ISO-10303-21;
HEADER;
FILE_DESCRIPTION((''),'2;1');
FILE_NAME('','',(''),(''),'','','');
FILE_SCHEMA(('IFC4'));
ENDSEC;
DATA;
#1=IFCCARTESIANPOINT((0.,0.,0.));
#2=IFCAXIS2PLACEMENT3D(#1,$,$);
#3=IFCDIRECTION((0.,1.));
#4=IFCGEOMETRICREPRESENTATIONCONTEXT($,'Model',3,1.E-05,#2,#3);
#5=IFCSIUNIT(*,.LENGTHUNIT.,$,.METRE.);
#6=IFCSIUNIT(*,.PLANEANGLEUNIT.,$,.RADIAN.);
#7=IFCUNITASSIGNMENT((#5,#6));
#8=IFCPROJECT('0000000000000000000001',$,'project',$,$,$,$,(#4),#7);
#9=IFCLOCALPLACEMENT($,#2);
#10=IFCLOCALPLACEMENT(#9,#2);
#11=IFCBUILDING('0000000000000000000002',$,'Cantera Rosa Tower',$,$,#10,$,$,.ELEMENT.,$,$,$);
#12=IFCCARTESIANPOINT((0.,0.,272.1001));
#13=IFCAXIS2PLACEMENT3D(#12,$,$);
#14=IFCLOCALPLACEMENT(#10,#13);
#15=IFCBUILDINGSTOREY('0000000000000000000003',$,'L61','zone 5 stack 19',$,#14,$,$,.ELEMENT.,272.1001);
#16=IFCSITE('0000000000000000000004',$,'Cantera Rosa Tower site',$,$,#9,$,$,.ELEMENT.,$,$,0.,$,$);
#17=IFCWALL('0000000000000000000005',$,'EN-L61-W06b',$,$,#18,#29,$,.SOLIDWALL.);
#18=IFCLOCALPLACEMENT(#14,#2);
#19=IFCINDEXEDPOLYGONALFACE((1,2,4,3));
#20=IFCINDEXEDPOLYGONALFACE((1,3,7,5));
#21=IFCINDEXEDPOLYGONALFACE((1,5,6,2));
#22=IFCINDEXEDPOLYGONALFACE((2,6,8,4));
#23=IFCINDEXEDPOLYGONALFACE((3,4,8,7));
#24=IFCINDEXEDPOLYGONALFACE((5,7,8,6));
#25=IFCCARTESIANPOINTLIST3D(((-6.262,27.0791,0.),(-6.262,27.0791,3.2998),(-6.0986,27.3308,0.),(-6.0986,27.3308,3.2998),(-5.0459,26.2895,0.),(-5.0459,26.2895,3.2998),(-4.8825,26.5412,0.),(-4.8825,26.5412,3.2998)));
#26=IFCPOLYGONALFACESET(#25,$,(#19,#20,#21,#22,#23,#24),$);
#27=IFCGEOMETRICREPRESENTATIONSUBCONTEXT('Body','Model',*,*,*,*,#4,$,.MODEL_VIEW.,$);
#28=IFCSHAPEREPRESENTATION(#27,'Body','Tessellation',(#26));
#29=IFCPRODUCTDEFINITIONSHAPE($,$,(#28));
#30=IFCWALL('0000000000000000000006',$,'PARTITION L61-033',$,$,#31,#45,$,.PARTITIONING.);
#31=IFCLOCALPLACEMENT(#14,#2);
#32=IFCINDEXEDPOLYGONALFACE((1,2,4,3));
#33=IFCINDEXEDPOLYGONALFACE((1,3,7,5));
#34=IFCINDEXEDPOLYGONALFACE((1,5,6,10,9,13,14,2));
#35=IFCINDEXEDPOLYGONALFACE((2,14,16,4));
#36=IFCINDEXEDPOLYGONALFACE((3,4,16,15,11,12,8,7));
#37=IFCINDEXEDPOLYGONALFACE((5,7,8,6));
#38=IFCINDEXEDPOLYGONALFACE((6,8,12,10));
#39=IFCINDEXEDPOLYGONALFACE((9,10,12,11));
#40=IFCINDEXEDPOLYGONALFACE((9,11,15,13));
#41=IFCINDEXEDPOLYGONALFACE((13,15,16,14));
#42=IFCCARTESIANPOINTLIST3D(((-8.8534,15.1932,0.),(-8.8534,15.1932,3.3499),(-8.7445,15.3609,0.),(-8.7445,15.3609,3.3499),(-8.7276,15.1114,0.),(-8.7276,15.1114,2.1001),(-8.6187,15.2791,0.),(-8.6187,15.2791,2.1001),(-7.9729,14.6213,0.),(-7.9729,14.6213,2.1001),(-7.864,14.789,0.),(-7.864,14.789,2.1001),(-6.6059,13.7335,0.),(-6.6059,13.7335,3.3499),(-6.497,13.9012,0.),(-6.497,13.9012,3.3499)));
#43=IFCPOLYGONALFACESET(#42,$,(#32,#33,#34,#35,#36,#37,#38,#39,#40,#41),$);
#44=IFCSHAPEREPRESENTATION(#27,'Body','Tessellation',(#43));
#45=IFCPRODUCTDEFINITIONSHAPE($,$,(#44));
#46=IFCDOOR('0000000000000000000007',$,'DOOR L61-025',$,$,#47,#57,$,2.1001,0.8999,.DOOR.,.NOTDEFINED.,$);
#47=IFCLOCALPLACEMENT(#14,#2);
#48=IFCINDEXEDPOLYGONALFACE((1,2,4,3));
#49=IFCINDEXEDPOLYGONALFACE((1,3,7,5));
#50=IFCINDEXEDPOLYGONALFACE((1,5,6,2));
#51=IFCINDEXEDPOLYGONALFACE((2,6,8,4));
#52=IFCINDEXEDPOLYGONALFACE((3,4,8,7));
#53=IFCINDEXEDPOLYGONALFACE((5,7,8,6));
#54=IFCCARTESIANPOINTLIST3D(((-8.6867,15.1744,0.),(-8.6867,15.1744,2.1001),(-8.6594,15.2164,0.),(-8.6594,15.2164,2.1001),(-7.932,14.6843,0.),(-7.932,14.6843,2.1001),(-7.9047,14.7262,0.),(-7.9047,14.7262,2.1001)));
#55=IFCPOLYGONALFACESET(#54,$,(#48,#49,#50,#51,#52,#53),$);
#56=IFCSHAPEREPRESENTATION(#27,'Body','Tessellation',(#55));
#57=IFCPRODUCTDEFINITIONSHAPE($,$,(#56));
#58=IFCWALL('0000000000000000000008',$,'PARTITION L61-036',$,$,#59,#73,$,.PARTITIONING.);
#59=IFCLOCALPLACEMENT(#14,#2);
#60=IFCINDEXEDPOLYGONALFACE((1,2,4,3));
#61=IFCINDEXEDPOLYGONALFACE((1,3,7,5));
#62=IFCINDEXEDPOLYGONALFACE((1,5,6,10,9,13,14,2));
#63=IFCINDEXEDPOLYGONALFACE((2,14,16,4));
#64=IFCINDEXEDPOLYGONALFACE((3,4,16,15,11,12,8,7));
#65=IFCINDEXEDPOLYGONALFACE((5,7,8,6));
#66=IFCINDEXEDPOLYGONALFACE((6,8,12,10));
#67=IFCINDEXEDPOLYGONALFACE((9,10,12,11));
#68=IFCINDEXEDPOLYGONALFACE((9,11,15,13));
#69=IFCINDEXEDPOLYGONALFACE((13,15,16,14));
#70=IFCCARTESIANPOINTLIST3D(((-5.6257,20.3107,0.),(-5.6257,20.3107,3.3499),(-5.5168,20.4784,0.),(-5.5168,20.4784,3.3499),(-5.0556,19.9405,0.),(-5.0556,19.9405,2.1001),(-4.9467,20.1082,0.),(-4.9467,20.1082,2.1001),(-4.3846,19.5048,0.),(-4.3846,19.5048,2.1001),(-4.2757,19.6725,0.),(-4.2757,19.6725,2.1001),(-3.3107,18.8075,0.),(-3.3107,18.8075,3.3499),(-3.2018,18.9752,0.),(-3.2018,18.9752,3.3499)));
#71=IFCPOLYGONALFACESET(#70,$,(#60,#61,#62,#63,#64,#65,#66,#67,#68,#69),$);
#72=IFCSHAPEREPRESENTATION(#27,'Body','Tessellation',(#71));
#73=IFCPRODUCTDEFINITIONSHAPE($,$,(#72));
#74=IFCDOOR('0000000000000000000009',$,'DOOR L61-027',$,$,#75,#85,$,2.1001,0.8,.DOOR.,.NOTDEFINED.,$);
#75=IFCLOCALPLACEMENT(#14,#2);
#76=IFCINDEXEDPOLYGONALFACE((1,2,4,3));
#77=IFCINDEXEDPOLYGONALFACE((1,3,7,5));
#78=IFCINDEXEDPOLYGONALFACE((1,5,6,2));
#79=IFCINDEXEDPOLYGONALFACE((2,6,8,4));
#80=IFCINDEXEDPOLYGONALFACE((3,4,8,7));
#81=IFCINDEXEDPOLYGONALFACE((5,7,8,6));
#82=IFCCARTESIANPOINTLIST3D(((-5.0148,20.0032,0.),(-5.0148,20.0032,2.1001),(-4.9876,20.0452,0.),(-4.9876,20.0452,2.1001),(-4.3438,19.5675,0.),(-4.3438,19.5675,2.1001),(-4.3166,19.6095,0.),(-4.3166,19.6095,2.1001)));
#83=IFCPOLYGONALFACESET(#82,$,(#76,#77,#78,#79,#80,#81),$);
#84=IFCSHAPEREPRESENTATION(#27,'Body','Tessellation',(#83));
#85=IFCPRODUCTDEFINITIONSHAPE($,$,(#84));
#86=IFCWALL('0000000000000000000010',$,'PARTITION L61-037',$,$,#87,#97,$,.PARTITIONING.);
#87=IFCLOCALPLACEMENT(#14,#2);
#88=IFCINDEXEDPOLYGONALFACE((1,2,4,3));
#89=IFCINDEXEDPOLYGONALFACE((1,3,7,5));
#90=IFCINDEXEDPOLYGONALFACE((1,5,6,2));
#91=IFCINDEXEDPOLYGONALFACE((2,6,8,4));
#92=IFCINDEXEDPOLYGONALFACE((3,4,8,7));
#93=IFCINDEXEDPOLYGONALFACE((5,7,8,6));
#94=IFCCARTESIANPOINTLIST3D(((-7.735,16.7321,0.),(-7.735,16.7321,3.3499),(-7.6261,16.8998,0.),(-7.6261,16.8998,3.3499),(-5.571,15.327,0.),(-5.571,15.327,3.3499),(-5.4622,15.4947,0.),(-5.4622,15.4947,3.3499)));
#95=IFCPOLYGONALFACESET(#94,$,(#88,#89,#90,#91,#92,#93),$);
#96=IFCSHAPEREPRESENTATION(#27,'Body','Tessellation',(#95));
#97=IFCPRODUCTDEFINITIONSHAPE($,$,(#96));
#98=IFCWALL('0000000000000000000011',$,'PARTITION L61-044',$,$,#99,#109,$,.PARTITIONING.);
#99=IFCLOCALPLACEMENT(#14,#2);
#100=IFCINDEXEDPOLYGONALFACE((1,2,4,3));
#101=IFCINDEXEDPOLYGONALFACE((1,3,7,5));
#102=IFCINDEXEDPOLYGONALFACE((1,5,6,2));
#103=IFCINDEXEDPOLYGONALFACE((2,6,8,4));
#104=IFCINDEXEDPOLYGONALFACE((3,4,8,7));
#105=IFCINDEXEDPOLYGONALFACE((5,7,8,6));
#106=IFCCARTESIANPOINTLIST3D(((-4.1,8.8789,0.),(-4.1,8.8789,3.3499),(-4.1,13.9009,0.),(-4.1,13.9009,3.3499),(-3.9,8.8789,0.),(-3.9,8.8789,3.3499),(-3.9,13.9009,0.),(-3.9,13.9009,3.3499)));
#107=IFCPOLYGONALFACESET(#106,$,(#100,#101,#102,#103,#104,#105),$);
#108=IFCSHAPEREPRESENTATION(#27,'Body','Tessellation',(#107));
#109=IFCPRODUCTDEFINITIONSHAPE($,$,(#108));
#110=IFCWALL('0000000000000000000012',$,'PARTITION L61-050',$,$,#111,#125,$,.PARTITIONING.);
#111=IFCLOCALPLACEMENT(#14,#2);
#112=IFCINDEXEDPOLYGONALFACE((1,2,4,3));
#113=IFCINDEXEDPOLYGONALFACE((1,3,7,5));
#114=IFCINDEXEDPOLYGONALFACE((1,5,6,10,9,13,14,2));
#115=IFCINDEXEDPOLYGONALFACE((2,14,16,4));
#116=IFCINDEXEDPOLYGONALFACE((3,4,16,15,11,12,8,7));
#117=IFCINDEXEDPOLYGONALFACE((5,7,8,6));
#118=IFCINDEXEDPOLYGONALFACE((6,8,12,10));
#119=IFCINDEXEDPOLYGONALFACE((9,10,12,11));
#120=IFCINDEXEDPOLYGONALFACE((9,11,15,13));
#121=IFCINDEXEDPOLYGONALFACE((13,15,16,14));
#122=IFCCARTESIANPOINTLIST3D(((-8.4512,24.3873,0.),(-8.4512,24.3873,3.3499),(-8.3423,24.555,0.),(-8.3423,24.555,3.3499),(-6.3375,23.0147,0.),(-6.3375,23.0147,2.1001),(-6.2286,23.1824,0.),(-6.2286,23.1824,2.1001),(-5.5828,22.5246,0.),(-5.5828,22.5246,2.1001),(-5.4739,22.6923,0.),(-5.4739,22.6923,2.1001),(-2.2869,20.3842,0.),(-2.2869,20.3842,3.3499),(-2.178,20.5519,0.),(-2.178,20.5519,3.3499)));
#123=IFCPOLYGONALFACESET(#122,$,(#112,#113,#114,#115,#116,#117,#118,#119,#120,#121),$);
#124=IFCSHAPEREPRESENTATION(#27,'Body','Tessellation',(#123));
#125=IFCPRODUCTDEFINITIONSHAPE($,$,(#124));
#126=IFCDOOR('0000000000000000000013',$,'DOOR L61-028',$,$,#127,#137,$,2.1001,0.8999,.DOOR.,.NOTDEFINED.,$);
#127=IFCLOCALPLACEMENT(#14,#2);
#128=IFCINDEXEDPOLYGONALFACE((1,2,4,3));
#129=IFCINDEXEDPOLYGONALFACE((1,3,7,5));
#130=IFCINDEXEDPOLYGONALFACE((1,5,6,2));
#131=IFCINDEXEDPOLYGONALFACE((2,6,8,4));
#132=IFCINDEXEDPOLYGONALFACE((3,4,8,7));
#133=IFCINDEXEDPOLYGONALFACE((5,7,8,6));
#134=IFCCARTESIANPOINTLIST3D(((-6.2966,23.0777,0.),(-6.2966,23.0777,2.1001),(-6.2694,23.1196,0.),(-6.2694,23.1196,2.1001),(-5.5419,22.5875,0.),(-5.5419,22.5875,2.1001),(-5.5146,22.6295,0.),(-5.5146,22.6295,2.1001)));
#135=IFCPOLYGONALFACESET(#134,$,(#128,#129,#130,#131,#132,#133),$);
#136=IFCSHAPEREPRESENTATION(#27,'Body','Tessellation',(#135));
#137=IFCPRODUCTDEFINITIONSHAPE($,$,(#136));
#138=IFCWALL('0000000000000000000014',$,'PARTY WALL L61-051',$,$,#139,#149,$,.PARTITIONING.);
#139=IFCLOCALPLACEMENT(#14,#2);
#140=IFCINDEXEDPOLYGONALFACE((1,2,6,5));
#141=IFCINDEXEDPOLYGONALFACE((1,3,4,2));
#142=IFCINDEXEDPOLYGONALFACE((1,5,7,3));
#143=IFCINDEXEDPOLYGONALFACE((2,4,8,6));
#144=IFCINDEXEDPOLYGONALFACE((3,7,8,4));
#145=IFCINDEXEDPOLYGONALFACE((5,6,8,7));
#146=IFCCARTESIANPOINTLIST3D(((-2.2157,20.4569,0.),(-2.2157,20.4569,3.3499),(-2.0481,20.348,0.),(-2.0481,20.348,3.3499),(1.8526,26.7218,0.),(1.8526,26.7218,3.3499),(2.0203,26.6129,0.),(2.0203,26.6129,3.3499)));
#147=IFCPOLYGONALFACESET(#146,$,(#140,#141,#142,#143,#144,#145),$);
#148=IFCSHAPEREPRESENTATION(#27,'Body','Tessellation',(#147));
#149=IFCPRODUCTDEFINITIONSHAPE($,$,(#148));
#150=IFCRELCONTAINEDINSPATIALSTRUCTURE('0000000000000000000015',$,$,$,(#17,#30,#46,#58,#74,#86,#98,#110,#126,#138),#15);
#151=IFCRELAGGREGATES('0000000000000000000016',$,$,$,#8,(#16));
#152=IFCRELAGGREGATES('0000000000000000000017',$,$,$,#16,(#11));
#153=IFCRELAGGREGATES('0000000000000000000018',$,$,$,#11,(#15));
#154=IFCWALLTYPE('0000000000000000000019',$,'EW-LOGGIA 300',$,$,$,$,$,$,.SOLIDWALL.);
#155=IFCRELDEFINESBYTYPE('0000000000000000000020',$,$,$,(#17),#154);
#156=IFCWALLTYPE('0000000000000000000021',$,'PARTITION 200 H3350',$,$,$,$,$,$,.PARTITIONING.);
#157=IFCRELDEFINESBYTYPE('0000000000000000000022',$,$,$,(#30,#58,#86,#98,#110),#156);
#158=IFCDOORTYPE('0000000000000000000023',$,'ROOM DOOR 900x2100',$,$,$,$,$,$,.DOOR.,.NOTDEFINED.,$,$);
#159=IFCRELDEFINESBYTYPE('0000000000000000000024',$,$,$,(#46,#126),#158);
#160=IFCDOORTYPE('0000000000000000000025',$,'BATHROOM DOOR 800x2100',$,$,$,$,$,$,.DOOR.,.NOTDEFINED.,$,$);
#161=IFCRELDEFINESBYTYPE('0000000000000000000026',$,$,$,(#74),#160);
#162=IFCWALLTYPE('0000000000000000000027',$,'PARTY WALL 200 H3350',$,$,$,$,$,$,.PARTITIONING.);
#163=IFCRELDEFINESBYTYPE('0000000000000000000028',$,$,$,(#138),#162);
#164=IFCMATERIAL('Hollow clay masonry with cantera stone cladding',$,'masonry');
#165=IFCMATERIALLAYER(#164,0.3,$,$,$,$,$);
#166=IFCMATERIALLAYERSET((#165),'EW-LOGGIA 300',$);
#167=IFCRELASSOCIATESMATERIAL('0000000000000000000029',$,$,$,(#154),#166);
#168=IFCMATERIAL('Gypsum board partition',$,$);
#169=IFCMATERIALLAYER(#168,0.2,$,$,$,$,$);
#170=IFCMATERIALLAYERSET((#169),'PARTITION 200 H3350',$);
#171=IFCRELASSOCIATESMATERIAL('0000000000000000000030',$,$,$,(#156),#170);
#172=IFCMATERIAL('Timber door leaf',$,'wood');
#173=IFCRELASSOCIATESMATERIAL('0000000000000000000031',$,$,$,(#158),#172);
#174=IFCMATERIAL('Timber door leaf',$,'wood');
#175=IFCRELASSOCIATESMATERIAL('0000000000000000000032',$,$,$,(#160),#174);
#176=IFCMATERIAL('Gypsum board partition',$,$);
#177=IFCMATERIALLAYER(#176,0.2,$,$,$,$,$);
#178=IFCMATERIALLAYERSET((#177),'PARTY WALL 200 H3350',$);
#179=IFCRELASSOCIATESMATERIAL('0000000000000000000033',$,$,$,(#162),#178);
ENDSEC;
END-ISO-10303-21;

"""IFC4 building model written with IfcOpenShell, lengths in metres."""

from ifc_helpers import new_model, si_unit, direction, frame, frame_2d, origin, place, context, subcontext, project, spatial, rectangle, extrude, material, layer, layer_set, type_object, element, fill, save


model = new_model("IFC4")

# Units and contexts
model_context = context("Model", 3, precision=1e-05, world=origin(), true_north=direction((0.0, 1.0)))
body_context = subcontext(model_context, "Body", "Model", "MODEL_VIEW")
ifc_project = project(units=[si_unit("LENGTHUNIT", "METRE"), si_unit("PLANEANGLEUNIT", "RADIAN")], contexts=[model_context])

# Site, building, storey
site_placement = place(None, origin())
site = spatial("IfcSite", under=ifc_project, at=site_placement, Name="Cantera Rosa Tower site", CompositionType="ELEMENT", RefElevation=0.0)
building_placement = place(site_placement, origin())
building = spatial("IfcBuilding", under=site, at=building_placement, Name="Cantera Rosa Tower", CompositionType="ELEMENT")
storey_placement = place(building_placement, frame((0.0, 0.0, 272.1001)))
storey = spatial("IfcBuildingStorey", under=building, at=storey_placement, Name="L61", Description="zone 5 stack 19", CompositionType="ELEMENT", Elevation=272.1001)

# Wall
ifc_material_1 = material(Name="Hollow clay masonry with cantera stone cladding", Category="masonry")
ifc_layer_1 = layer(ifc_material_1, 0.3)
ifc_layer_set_1 = layer_set([ifc_layer_1], Name="EW-LOGGIA 300")
wall_type_1 = type_object("IfcWallType", Name="EW-LOGGIA 300", PredefinedType="SOLIDWALL", material=ifc_layer_set_1)
wall_1_placement = place(storey_placement, frame((-4.9641, 26.4153, 0.0), z_axis=(0.0, 0.0, 1.0), x_axis=(-0.838724, 0.544556, 0.0)))
element("IfcWall", 1, at=wall_1_placement, inside=storey, type_object=wall_type_1, Name="EN-L61-W06b", PredefinedType="SOLIDWALL", context=body_context, shape_type="SweptSolid", body=[
    extrude(rectangle(XDim=1.45, YDim=0.3, at=frame_2d((0.7251, 0.0))), origin(), (0.0, 0.0, 1.0), 3.2998),
])

# Walls, openings, doors
ifc_material_2 = material(Name="Gypsum board partition")
ifc_layer_2 = layer(ifc_material_2, 0.2)
ifc_layer_set_2 = layer_set([ifc_layer_2], Name="PARTITION 200 H3350")
wall_type_2 = type_object("IfcWallType", Name="PARTITION 200 H3350", PredefinedType="PARTITIONING", material=ifc_layer_set_2)
wall_2_placement = place(storey_placement, frame((-6.5515, 13.8174, 0.0), z_axis=(0.0, 0.0, 1.0), x_axis=(-0.838648, 0.544675, 0.0)))
wall_2 = element("IfcWall", 2, at=wall_2_placement, inside=storey, type_object=wall_type_2, Name="PARTITION L61-033", PredefinedType="PARTITIONING", context=body_context, shape_type="SweptSolid", body=[
    extrude(rectangle(XDim=2.6799, YDim=0.2, at=frame_2d((1.3398, 0.0))), origin(), (0.0, 0.0, 1.0), 3.3499),
])
opening_1_placement = place(wall_2_placement, frame((1.6299, 0.0, 0.0)))
opening_1 = element("IfcOpeningElement", 3, at=opening_1_placement, cuts=wall_2, PredefinedType="OPENING", context=body_context, shape_type="SweptSolid", body=[
    extrude(rectangle(XDim=0.8999, YDim=2.1001, at=frame_2d((0.45, 1.05))), frame((0.0, 0.1099, 0.0), z_axis=(0.0, -1.0, 0.0), x_axis=(1.0, 0.0, 0.0)), (0.0, 0.0, 1.0), 0.22),
])
ifc_material_3 = material(Name="Timber door leaf", Category="wood")
door_type_1 = type_object("IfcDoorType", Name="ROOM DOOR 900x2100", OperationType="NOTDEFINED", PredefinedType="DOOR", material=ifc_material_3)
door_1_placement = place(opening_1_placement, origin())
door_1 = element("IfcDoor", 4, at=door_1_placement, inside=storey, type_object=door_type_1, Name="DOOR L61-025", OperationType="NOTDEFINED", OverallHeight=2.1001, OverallWidth=0.8999, PredefinedType="DOOR", context=body_context, shape_type="SweptSolid", body=[
    extrude(rectangle(XDim=0.8999, YDim=2.1001, at=frame_2d((0.45, 1.05))), frame((0.0, 0.0249, 0.0), z_axis=(0.0, -1.0, 0.0), x_axis=(1.0, 0.0, 0.0)), (0.0, 0.0, 1.0), 0.05),
])
fill(opening_1, door_1)
wall_3_placement = place(storey_placement, frame((-5.5713, 20.3945, 0.0), z_axis=(0.0, 0.0, 1.0), x_axis=(0.838698, -0.544597, 0.0)))
wall_3 = element("IfcWall", 5, at=wall_3_placement, inside=storey, type_object=wall_type_2, Name="PARTITION L61-036", PredefinedType="PARTITIONING", context=body_context, shape_type="SweptSolid", body=[
    extrude(rectangle(XDim=2.7603, YDim=0.2, at=frame_2d((1.3801, 0.0))), origin(), (0.0, 0.0, 1.0), 3.3499),
])
opening_2_placement = place(wall_3_placement, frame((0.6799, 0.0, 0.0)))
opening_2 = element("IfcOpeningElement", 6, at=opening_2_placement, cuts=wall_3, PredefinedType="OPENING", context=body_context, shape_type="SweptSolid", body=[
    extrude(rectangle(XDim=0.8, YDim=2.1001, at=frame_2d((0.3999, 1.05))), frame((0.0, 0.1099, 0.0), z_axis=(0.0, -1.0, 0.0), x_axis=(1.0, 0.0, 0.0)), (0.0, 0.0, 1.0), 0.22),
])
ifc_material_4 = material(Name="Timber door leaf", Category="wood")
door_type_2 = type_object("IfcDoorType", Name="BATHROOM DOOR 800x2100", OperationType="NOTDEFINED", PredefinedType="DOOR", material=ifc_material_4)
door_2_placement = place(opening_2_placement, origin())
door_2 = element("IfcDoor", 7, at=door_2_placement, inside=storey, type_object=door_type_2, Name="DOOR L61-027", OperationType="NOTDEFINED", OverallHeight=2.1001, OverallWidth=0.8, PredefinedType="DOOR", context=body_context, shape_type="SweptSolid", body=[
    extrude(rectangle(XDim=0.8, YDim=2.1001, at=frame_2d((0.3999, 1.05))), frame((0.0, 0.0249, 0.0), z_axis=(0.0, -1.0, 0.0), x_axis=(1.0, 0.0, 0.0)), (0.0, 0.0, 1.0), 0.05),
])
fill(opening_2, door_2)

# Walls
wall_4_placement = place(storey_placement, frame((-5.5166, 15.4109, 0.0), z_axis=(0.0, 0.0, 1.0), x_axis=(-0.838701, 0.544592, 0.0)))
element("IfcWall", 8, at=wall_4_placement, inside=storey, type_object=wall_type_2, Name="PARTITION L61-037", PredefinedType="PARTITIONING", context=body_context, shape_type="SweptSolid", body=[
    extrude(rectangle(XDim=2.5801, YDim=0.2, at=frame_2d((1.29, 0.0))), origin(), (0.0, 0.0, 1.0), 3.3499),
])
wall_5_placement = place(storey_placement, frame((-4.0, 13.9009, 0.0), z_axis=(0.0, 0.0, 1.0), x_axis=(0.0, -1.0, 0.0)))
element("IfcWall", 9, at=wall_5_placement, inside=storey, type_object=wall_type_2, Name="PARTITION L61-044", PredefinedType="PARTITIONING", context=body_context, shape_type="SweptSolid", body=[
    extrude(rectangle(XDim=5.022, YDim=0.2, at=frame_2d((2.511, 0.0))), origin(), (0.0, 0.0, 1.0), 3.3499),
])

# Wall, opening, door
wall_6_placement = place(storey_placement, frame((-2.2324, 20.468, 0.0), z_axis=(0.0, 0.0, 1.0), x_axis=(-0.838669, 0.544642, 0.0)))
wall_6 = element("IfcWall", 10, at=wall_6_placement, inside=storey, type_object=wall_type_2, Name="PARTITION L61-050", PredefinedType="PARTITIONING", context=body_context, shape_type="SweptSolid", body=[
    extrude(rectangle(XDim=7.3501, YDim=0.2, at=frame_2d((3.675, 0.0))), origin(), (0.0, 0.0, 1.0), 3.3499),
])
opening_3_placement = place(wall_6_placement, frame((3.9299, 0.0, 0.0)))
opening_3 = element("IfcOpeningElement", 11, at=opening_3_placement, cuts=wall_6, PredefinedType="OPENING", context=body_context, shape_type="SweptSolid", body=[
    extrude(rectangle(XDim=0.8999, YDim=2.1001, at=frame_2d((0.45, 1.05))), frame((0.0, 0.1099, 0.0), z_axis=(0.0, -1.0, 0.0), x_axis=(1.0, 0.0, 0.0)), (0.0, 0.0, 1.0), 0.22),
])
door_3_placement = place(opening_3_placement, origin())
door_3 = element("IfcDoor", 12, at=door_3_placement, inside=storey, type_object=door_type_1, Name="DOOR L61-028", OperationType="NOTDEFINED", OverallHeight=2.1001, OverallWidth=0.8999, PredefinedType="DOOR", context=body_context, shape_type="SweptSolid", body=[
    extrude(rectangle(XDim=0.8999, YDim=2.1001, at=frame_2d((0.45, 1.05))), frame((0.0, 0.0249, 0.0), z_axis=(0.0, -1.0, 0.0), x_axis=(1.0, 0.0, 0.0)), (0.0, 0.0, 1.0), 0.05),
])
fill(opening_3, door_3)

# Wall
ifc_material_5 = material(Name="Gypsum board partition")
ifc_layer_3 = layer(ifc_material_5, 0.2)
ifc_layer_set_3 = layer_set([ifc_layer_3], Name="PARTY WALL 200 H3350")
wall_type_3 = type_object("IfcWallType", Name="PARTY WALL 200 H3350", PredefinedType="PARTITIONING", material=ifc_layer_set_3)
wall_7_placement = place(storey_placement, frame((-2.1318, 20.4026, 0.0), z_axis=(0.0, 0.0, 1.0), x_axis=(0.544629, 0.838677, 0.0)))
element("IfcWall", 13, at=wall_7_placement, inside=storey, type_object=wall_type_3, Name="PARTY WALL L61-051", PredefinedType="PARTITIONING", context=body_context, shape_type="SweptSolid", body=[
    extrude(rectangle(XDim=7.47, YDim=0.2, at=frame_2d((3.7349, 0.0))), origin(), (0.0, 0.0, 1.0), 3.3499),
])

save(model, "model.ifc")
